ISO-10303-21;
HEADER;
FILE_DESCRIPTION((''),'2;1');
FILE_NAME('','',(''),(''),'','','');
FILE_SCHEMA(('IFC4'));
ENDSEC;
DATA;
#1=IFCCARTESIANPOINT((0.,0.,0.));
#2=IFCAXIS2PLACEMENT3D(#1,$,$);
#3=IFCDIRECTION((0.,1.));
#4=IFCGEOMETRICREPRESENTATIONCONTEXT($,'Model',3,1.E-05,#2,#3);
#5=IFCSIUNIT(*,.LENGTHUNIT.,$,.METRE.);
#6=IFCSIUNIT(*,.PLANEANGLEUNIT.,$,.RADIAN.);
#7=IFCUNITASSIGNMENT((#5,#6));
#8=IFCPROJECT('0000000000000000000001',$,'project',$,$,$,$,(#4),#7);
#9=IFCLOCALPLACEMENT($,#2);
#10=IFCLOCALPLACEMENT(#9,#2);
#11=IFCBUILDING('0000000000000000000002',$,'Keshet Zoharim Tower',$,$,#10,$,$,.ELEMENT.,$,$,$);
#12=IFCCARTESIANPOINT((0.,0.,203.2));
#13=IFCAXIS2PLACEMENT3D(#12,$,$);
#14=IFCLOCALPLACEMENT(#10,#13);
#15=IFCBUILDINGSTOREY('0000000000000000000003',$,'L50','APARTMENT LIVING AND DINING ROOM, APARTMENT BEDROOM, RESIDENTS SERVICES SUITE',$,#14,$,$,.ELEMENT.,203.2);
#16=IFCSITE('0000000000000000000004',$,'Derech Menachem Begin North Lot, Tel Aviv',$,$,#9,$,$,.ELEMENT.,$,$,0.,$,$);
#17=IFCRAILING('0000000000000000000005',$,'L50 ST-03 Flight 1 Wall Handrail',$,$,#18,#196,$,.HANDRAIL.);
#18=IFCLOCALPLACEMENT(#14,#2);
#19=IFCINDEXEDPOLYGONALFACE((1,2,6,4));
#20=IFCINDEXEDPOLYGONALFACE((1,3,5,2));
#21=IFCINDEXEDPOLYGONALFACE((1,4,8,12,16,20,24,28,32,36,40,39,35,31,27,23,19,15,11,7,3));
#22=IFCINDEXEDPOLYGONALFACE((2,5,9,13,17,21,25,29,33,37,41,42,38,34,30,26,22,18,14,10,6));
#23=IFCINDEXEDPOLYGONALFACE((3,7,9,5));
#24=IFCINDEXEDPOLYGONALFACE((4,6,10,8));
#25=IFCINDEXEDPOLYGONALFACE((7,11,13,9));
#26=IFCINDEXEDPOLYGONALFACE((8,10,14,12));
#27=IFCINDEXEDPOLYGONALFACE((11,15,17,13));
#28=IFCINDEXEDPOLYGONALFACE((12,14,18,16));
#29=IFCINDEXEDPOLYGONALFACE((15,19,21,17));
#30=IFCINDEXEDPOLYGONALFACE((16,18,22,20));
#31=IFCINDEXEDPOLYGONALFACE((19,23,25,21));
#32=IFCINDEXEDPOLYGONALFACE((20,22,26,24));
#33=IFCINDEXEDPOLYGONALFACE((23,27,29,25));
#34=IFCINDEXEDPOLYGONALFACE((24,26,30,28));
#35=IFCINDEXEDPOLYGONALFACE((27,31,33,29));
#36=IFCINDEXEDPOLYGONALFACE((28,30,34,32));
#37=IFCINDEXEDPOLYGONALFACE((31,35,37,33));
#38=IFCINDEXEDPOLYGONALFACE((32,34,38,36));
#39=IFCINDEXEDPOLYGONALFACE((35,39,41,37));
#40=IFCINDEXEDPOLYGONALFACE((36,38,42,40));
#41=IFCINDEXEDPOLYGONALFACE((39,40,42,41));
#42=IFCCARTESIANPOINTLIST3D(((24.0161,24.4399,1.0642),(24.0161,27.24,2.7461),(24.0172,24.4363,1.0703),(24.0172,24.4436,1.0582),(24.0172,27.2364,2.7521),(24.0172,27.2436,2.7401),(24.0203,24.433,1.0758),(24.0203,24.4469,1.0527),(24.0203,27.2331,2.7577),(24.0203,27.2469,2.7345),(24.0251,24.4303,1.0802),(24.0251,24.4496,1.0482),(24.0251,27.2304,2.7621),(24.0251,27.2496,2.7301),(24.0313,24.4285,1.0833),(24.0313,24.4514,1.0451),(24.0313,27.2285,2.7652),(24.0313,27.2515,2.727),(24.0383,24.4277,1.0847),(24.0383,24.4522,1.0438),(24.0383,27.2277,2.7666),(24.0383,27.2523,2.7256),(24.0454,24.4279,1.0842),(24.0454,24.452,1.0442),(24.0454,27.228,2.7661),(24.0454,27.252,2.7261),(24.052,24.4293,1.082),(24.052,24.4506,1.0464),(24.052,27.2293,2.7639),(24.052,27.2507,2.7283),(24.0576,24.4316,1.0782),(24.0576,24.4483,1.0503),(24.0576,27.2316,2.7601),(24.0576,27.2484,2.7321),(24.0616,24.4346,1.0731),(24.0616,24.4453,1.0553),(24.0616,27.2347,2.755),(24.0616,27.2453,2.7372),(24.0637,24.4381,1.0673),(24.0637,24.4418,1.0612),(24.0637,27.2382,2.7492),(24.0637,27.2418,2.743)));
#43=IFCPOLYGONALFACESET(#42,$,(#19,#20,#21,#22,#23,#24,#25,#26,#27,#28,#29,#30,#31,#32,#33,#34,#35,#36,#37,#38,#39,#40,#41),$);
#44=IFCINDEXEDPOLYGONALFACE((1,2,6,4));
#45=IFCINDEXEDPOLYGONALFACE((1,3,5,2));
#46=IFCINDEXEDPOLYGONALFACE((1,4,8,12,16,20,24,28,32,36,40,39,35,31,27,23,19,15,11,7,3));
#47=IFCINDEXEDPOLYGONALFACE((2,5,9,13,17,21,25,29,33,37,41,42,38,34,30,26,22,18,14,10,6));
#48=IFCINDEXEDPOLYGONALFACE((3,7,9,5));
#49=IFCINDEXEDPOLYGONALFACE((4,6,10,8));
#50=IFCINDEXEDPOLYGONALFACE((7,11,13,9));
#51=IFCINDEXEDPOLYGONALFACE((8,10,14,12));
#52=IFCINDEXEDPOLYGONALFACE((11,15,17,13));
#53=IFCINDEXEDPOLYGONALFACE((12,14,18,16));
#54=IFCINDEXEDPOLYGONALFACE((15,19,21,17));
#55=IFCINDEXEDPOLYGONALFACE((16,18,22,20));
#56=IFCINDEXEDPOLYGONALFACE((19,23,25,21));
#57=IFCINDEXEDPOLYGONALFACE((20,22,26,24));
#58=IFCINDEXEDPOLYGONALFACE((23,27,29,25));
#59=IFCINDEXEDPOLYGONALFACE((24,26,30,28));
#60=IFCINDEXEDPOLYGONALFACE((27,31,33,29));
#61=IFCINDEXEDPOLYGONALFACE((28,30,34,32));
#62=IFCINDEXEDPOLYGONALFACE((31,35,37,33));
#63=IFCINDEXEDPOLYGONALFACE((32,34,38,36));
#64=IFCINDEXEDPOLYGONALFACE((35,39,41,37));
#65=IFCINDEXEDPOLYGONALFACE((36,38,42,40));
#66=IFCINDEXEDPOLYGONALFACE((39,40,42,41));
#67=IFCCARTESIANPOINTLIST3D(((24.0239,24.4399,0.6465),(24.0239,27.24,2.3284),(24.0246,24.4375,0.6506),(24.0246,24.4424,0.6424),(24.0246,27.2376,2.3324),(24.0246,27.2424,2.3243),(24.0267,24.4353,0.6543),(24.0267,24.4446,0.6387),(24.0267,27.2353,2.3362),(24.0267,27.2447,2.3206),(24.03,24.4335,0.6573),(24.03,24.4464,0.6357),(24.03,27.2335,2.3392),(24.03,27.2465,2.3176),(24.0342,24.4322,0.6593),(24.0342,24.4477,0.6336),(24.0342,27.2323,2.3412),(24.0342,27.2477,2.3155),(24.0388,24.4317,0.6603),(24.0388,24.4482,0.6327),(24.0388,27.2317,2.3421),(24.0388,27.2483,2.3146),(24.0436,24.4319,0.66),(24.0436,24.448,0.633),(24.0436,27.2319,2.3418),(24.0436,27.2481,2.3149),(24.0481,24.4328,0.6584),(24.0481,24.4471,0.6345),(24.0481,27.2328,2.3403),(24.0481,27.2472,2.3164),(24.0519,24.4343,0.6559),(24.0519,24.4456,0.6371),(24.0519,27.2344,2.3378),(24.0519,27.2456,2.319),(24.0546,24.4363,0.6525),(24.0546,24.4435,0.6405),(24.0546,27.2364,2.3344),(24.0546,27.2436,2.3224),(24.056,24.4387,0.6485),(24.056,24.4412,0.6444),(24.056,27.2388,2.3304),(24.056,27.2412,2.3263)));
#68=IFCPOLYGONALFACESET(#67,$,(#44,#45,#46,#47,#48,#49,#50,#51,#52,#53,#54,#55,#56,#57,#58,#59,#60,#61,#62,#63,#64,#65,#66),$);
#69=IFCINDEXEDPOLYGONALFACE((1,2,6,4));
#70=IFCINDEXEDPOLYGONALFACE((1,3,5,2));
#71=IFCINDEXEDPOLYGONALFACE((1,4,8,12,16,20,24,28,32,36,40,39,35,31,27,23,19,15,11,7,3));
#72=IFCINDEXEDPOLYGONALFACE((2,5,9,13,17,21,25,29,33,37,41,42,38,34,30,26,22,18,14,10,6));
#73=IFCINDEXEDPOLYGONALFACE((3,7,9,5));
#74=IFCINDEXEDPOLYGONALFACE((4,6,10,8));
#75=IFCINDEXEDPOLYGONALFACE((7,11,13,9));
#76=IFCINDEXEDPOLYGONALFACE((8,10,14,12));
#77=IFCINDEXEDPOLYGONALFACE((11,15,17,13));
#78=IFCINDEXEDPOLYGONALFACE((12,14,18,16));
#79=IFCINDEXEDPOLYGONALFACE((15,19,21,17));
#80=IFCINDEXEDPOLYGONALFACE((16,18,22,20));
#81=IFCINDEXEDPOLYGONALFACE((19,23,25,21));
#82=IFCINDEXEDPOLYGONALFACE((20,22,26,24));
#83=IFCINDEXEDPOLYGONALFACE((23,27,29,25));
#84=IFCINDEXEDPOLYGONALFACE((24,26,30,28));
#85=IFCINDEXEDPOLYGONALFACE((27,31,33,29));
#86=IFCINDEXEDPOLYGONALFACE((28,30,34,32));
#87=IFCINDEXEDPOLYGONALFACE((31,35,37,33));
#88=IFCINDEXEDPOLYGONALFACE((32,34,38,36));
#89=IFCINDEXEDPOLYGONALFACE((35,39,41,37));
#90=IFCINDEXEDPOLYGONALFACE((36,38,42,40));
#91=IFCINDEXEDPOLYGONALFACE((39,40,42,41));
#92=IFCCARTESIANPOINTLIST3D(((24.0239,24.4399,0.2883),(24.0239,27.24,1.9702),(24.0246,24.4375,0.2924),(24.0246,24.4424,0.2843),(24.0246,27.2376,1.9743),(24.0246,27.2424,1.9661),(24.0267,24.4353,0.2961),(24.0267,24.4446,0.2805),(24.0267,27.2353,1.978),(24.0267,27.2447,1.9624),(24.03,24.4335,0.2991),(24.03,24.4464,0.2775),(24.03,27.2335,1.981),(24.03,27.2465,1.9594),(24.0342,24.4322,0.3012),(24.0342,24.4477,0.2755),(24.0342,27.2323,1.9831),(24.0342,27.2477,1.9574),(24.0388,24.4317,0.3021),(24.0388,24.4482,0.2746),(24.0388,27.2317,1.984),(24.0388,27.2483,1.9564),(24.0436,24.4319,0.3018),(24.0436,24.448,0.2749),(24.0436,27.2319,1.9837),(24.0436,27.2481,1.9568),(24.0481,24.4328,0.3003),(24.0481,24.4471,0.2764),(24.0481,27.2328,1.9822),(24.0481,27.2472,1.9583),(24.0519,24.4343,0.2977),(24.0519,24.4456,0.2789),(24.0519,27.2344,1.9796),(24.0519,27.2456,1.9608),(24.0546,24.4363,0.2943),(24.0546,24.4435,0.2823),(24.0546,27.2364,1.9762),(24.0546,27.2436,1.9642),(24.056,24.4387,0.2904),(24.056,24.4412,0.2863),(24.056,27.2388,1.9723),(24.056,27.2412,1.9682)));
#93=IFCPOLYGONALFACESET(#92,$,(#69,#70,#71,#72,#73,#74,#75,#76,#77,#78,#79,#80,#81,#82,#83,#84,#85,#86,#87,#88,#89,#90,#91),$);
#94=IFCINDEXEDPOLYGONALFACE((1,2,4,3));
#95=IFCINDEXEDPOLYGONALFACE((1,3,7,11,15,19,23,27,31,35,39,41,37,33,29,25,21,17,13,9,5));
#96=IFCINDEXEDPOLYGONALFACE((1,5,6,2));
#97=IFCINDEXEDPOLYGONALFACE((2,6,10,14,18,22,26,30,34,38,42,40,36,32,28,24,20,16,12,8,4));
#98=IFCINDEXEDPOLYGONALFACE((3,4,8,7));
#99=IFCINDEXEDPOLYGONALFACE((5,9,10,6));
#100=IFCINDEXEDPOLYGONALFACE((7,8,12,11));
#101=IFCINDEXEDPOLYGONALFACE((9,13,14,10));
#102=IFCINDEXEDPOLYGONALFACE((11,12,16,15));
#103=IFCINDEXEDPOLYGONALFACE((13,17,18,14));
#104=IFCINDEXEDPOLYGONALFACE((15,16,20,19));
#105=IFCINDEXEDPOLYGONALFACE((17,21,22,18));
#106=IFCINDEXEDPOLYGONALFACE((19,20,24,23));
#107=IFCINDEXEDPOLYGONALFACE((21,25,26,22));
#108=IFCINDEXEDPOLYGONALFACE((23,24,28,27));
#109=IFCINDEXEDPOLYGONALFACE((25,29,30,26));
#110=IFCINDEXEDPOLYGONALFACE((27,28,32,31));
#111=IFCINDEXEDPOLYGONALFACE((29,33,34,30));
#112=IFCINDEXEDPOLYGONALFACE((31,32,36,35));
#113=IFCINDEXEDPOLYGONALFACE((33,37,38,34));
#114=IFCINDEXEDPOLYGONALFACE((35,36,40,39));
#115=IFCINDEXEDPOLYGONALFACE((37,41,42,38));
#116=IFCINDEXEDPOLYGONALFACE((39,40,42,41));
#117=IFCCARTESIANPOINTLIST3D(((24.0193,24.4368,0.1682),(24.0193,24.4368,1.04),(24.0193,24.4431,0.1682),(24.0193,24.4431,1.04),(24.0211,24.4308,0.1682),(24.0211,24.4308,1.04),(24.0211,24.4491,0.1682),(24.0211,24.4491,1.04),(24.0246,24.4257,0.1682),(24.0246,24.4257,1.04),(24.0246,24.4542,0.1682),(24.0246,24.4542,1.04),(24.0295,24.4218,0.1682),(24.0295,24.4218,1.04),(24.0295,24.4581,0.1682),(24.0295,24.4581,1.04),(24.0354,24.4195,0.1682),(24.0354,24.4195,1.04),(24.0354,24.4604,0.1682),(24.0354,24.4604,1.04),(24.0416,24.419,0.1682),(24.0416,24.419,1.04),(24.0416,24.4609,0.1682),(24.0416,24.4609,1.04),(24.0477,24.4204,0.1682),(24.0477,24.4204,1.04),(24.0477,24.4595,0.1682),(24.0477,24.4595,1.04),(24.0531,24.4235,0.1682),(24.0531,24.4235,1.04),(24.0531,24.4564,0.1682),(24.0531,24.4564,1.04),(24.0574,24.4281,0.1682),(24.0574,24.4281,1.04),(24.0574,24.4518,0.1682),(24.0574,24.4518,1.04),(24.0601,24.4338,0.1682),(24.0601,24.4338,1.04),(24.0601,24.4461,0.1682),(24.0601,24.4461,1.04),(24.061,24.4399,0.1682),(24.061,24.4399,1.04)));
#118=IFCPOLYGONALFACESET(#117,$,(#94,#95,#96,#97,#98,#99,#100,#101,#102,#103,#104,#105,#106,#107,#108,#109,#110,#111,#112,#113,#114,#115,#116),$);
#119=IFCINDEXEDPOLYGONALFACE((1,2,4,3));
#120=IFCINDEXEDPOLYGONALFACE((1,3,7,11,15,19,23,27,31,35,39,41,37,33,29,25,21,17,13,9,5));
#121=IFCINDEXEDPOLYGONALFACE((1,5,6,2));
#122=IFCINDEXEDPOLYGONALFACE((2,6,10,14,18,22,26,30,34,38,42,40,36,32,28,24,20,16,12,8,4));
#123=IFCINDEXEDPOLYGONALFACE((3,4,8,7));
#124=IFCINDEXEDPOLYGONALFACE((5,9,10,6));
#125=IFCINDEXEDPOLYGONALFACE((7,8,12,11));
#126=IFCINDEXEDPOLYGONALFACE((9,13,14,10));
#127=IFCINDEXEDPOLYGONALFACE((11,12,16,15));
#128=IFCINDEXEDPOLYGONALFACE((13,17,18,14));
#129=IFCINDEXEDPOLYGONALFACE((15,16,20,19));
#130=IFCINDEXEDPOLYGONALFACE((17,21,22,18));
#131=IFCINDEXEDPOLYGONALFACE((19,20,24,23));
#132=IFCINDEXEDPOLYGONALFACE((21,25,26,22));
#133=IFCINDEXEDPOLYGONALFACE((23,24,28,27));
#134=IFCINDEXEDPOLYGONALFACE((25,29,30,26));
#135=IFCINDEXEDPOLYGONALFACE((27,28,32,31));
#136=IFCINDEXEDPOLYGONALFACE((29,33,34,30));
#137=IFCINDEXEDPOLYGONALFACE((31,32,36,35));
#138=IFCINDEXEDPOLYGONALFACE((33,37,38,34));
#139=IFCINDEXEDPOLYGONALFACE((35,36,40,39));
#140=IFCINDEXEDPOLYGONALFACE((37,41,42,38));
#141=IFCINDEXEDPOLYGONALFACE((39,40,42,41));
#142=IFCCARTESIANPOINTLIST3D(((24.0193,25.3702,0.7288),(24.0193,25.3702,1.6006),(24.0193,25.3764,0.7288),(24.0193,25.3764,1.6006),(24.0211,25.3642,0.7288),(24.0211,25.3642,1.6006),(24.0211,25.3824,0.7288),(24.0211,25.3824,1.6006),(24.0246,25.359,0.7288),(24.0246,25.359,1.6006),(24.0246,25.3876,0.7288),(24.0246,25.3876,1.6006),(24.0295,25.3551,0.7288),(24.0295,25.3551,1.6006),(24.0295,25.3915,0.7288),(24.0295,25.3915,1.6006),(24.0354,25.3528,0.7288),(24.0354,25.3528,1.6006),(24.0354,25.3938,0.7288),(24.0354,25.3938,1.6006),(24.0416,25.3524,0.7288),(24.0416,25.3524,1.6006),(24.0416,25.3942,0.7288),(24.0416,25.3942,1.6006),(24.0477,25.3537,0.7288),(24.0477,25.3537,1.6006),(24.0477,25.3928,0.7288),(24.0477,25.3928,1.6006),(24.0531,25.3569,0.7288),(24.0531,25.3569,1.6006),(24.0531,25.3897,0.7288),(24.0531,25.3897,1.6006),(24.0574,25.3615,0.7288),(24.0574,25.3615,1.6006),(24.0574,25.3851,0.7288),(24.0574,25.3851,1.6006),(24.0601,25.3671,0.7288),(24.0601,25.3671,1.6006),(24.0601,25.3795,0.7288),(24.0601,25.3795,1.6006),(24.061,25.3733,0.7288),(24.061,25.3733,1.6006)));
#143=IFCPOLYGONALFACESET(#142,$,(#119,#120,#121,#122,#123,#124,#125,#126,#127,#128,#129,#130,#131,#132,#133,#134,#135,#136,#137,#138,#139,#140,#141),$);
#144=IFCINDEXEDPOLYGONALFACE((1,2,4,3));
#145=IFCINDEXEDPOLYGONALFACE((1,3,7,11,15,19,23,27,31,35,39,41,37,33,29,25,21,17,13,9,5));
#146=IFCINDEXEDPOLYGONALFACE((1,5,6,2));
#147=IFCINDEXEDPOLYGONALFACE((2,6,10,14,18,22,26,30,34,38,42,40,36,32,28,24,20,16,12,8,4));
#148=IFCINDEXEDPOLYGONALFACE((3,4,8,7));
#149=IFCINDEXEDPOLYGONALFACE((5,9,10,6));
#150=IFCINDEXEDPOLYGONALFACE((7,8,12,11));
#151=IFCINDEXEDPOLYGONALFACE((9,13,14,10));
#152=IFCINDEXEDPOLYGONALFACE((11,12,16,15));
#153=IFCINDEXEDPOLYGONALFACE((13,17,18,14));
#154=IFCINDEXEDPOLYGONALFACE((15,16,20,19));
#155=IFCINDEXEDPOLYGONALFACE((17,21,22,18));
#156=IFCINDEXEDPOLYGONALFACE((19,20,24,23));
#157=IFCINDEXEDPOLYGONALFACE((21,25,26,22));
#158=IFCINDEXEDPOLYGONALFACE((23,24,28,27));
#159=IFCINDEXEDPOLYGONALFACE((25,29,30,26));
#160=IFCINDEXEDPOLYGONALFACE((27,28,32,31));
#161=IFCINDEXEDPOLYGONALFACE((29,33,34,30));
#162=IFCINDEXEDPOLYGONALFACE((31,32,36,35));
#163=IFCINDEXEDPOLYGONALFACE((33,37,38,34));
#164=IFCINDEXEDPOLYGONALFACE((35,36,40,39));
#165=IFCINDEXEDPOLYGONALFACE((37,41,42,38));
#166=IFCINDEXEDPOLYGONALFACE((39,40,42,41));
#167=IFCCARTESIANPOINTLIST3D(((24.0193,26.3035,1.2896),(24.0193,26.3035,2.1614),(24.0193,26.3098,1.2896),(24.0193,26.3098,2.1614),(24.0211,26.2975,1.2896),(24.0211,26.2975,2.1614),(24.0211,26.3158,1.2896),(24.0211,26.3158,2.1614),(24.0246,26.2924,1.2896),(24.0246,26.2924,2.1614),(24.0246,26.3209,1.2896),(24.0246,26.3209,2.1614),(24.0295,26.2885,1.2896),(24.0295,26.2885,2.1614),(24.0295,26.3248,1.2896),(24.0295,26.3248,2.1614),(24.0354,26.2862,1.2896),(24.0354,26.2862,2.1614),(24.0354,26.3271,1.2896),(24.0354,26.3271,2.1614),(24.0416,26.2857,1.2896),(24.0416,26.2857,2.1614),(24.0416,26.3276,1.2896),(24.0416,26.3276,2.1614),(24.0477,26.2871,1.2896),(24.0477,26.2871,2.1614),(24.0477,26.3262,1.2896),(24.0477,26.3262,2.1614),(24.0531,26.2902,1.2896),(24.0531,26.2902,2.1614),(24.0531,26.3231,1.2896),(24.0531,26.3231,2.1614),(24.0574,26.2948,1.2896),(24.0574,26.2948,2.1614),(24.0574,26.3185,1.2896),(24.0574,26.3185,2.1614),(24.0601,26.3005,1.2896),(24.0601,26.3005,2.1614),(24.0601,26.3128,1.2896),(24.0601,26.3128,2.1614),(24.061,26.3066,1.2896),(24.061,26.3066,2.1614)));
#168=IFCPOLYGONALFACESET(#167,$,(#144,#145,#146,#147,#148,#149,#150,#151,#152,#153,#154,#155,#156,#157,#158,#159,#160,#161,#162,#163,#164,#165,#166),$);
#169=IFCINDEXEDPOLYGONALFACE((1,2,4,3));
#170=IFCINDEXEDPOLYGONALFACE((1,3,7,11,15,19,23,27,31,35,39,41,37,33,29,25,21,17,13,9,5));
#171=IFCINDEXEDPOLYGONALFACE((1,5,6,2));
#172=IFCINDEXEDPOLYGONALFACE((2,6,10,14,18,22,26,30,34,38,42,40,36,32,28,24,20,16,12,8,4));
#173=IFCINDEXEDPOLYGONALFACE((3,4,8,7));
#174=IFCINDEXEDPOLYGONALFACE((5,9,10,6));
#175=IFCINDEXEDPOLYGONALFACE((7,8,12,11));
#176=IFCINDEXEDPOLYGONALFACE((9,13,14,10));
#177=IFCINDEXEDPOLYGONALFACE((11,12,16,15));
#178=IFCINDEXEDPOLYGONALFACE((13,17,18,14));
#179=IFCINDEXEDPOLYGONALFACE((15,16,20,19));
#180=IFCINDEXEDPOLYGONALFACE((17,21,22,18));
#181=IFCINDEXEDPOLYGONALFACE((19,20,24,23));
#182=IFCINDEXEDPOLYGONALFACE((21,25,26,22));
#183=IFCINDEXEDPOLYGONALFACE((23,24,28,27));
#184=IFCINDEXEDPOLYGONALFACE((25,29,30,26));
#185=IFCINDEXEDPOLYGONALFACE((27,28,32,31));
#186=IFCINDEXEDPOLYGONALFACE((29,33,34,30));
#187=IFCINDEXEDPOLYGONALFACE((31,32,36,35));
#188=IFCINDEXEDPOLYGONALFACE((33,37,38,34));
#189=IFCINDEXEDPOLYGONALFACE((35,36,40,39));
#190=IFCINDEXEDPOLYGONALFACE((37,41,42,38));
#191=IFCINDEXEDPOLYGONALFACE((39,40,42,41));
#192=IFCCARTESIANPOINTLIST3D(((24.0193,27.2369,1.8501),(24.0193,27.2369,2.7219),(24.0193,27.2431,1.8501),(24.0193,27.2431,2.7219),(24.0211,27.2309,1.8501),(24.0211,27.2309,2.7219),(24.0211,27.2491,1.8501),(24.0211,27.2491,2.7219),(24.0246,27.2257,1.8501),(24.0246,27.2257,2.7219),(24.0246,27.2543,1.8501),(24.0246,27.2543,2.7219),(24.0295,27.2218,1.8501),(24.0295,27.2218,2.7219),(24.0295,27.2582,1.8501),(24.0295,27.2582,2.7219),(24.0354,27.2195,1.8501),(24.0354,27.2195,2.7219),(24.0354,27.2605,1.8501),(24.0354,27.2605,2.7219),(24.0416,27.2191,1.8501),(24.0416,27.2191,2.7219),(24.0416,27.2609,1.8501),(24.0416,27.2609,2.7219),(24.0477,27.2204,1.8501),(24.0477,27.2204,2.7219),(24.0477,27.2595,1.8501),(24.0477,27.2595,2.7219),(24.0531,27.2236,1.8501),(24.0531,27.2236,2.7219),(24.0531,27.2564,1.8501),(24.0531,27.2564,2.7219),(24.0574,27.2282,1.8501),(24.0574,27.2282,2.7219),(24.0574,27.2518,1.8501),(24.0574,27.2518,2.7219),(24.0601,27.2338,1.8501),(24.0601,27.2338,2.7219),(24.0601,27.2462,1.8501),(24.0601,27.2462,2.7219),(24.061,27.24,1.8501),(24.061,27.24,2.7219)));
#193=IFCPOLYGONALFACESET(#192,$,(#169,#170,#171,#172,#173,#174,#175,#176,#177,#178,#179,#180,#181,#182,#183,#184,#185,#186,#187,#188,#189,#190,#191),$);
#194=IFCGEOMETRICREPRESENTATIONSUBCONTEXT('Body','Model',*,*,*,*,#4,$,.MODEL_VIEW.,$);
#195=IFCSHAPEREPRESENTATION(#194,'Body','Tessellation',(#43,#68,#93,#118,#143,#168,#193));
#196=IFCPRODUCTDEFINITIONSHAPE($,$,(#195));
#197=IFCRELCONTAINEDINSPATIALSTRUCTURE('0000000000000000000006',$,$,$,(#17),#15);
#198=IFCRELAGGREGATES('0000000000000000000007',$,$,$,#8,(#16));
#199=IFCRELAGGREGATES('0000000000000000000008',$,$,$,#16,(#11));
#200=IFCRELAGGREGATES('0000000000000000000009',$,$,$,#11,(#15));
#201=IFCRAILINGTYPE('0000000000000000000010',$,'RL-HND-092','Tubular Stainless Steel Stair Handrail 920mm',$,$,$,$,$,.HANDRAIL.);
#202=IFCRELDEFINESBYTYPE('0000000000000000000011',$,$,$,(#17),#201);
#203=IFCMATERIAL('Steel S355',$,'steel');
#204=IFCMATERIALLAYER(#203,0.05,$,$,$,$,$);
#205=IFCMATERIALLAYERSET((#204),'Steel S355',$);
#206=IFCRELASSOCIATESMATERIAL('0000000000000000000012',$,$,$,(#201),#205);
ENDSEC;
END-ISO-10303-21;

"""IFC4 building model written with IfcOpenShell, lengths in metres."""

from ifc_helpers import new_model, si_unit, direction, frame, origin, origin_2d, place, context, subcontext, project, spatial, circle, extrude, material, layer, layer_set, type_object, element, save


model = new_model("IFC4")

# Units and contexts
model_context = context("Model", 3, precision=1e-05, world=origin(), true_north=direction((0.0, 1.0)))
body_context = subcontext(model_context, "Body", "Model", "MODEL_VIEW")
ifc_project = project(units=[si_unit("LENGTHUNIT", "METRE"), si_unit("PLANEANGLEUNIT", "RADIAN")], contexts=[model_context])

# Site, building, storey
site_placement = place(None, origin())
site = spatial("IfcSite", under=ifc_project, at=site_placement, Name="Derech Menachem Begin North Lot, Tel Aviv", CompositionType="ELEMENT", RefElevation=0.0)
building_placement = place(site_placement, origin())
building = spatial("IfcBuilding", under=site, at=building_placement, Name="Keshet Zoharim Tower", CompositionType="ELEMENT")
storey_placement = place(building_placement, frame((0.0, 0.0, 203.2)))
storey = spatial("IfcBuildingStorey", under=building, at=storey_placement, Name="L50", Description="APARTMENT LIVING AND DINING ROOM, APARTMENT BEDROOM, RESIDENTS SERVICES SUITE", CompositionType="ELEMENT", Elevation=203.2)

# Railing
ifc_material_1 = material(Name="Steel S355", Category="steel")
ifc_layer_1 = layer(ifc_material_1, 0.05)
ifc_layer_set_1 = layer_set([ifc_layer_1], Name="Steel S355")
railing_type_1 = type_object("IfcRailingType", Name="RL-HND-092", Description="Tubular Stainless Steel Stair Handrail 920mm", PredefinedType="HANDRAIL", material=ifc_layer_set_1)
for number, where, name in (
    (1, (24.04, 24.4399, 0.1682), "L50 ST-03 Flight 1 Wall Handrail"),
):
    element("IfcRailing", number, at=place(storey_placement, frame(where)), inside=storey, type_object=railing_type_1, Name=name, PredefinedType="HANDRAIL", context=body_context, shape_type="SweptSolid", body=[
        extrude(circle(Radius=0.0239, at=origin_2d()), frame((0.0, 0.0, 0.896), z_axis=(0.0, 0.857242, 0.514913), x_axis=(-1.0, 0.0, 0.0)), (0.0, 0.0, 1.0), 3.2664),
        extrude(circle(Radius=0.0161, at=origin_2d()), frame((0.0, 0.0, 0.4783), z_axis=(0.0, 0.857242, 0.514913), x_axis=(-1.0, 0.0, 0.0)), (0.0, 0.0, 1.0), 3.2664),
        extrude(circle(Radius=0.0161, at=origin_2d()), frame((0.0, 0.0, 0.1201), z_axis=(0.0, 0.857242, 0.514913), x_axis=(-1.0, 0.0, 0.0)), (0.0, 0.0, 1.0), 3.2664),
        extrude(circle(Radius=0.021, at=origin_2d()), origin(), (0.0, 0.0, 1.0), 0.8718),
        extrude(circle(Radius=0.021, at=origin_2d()), frame((0.0, 0.9333, 0.5605)), (0.0, 0.0, 1.0), 0.8718),
        extrude(circle(Radius=0.021, at=origin_2d()), frame((0.0, 1.8667, 1.1213)), (0.0, 0.0, 1.0), 0.8718),
        extrude(circle(Radius=0.021, at=origin_2d()), frame((0.0, 2.8, 1.6819)), (0.0, 0.0, 1.0), 0.8718),
    ])

save(model, "model.ifc")
